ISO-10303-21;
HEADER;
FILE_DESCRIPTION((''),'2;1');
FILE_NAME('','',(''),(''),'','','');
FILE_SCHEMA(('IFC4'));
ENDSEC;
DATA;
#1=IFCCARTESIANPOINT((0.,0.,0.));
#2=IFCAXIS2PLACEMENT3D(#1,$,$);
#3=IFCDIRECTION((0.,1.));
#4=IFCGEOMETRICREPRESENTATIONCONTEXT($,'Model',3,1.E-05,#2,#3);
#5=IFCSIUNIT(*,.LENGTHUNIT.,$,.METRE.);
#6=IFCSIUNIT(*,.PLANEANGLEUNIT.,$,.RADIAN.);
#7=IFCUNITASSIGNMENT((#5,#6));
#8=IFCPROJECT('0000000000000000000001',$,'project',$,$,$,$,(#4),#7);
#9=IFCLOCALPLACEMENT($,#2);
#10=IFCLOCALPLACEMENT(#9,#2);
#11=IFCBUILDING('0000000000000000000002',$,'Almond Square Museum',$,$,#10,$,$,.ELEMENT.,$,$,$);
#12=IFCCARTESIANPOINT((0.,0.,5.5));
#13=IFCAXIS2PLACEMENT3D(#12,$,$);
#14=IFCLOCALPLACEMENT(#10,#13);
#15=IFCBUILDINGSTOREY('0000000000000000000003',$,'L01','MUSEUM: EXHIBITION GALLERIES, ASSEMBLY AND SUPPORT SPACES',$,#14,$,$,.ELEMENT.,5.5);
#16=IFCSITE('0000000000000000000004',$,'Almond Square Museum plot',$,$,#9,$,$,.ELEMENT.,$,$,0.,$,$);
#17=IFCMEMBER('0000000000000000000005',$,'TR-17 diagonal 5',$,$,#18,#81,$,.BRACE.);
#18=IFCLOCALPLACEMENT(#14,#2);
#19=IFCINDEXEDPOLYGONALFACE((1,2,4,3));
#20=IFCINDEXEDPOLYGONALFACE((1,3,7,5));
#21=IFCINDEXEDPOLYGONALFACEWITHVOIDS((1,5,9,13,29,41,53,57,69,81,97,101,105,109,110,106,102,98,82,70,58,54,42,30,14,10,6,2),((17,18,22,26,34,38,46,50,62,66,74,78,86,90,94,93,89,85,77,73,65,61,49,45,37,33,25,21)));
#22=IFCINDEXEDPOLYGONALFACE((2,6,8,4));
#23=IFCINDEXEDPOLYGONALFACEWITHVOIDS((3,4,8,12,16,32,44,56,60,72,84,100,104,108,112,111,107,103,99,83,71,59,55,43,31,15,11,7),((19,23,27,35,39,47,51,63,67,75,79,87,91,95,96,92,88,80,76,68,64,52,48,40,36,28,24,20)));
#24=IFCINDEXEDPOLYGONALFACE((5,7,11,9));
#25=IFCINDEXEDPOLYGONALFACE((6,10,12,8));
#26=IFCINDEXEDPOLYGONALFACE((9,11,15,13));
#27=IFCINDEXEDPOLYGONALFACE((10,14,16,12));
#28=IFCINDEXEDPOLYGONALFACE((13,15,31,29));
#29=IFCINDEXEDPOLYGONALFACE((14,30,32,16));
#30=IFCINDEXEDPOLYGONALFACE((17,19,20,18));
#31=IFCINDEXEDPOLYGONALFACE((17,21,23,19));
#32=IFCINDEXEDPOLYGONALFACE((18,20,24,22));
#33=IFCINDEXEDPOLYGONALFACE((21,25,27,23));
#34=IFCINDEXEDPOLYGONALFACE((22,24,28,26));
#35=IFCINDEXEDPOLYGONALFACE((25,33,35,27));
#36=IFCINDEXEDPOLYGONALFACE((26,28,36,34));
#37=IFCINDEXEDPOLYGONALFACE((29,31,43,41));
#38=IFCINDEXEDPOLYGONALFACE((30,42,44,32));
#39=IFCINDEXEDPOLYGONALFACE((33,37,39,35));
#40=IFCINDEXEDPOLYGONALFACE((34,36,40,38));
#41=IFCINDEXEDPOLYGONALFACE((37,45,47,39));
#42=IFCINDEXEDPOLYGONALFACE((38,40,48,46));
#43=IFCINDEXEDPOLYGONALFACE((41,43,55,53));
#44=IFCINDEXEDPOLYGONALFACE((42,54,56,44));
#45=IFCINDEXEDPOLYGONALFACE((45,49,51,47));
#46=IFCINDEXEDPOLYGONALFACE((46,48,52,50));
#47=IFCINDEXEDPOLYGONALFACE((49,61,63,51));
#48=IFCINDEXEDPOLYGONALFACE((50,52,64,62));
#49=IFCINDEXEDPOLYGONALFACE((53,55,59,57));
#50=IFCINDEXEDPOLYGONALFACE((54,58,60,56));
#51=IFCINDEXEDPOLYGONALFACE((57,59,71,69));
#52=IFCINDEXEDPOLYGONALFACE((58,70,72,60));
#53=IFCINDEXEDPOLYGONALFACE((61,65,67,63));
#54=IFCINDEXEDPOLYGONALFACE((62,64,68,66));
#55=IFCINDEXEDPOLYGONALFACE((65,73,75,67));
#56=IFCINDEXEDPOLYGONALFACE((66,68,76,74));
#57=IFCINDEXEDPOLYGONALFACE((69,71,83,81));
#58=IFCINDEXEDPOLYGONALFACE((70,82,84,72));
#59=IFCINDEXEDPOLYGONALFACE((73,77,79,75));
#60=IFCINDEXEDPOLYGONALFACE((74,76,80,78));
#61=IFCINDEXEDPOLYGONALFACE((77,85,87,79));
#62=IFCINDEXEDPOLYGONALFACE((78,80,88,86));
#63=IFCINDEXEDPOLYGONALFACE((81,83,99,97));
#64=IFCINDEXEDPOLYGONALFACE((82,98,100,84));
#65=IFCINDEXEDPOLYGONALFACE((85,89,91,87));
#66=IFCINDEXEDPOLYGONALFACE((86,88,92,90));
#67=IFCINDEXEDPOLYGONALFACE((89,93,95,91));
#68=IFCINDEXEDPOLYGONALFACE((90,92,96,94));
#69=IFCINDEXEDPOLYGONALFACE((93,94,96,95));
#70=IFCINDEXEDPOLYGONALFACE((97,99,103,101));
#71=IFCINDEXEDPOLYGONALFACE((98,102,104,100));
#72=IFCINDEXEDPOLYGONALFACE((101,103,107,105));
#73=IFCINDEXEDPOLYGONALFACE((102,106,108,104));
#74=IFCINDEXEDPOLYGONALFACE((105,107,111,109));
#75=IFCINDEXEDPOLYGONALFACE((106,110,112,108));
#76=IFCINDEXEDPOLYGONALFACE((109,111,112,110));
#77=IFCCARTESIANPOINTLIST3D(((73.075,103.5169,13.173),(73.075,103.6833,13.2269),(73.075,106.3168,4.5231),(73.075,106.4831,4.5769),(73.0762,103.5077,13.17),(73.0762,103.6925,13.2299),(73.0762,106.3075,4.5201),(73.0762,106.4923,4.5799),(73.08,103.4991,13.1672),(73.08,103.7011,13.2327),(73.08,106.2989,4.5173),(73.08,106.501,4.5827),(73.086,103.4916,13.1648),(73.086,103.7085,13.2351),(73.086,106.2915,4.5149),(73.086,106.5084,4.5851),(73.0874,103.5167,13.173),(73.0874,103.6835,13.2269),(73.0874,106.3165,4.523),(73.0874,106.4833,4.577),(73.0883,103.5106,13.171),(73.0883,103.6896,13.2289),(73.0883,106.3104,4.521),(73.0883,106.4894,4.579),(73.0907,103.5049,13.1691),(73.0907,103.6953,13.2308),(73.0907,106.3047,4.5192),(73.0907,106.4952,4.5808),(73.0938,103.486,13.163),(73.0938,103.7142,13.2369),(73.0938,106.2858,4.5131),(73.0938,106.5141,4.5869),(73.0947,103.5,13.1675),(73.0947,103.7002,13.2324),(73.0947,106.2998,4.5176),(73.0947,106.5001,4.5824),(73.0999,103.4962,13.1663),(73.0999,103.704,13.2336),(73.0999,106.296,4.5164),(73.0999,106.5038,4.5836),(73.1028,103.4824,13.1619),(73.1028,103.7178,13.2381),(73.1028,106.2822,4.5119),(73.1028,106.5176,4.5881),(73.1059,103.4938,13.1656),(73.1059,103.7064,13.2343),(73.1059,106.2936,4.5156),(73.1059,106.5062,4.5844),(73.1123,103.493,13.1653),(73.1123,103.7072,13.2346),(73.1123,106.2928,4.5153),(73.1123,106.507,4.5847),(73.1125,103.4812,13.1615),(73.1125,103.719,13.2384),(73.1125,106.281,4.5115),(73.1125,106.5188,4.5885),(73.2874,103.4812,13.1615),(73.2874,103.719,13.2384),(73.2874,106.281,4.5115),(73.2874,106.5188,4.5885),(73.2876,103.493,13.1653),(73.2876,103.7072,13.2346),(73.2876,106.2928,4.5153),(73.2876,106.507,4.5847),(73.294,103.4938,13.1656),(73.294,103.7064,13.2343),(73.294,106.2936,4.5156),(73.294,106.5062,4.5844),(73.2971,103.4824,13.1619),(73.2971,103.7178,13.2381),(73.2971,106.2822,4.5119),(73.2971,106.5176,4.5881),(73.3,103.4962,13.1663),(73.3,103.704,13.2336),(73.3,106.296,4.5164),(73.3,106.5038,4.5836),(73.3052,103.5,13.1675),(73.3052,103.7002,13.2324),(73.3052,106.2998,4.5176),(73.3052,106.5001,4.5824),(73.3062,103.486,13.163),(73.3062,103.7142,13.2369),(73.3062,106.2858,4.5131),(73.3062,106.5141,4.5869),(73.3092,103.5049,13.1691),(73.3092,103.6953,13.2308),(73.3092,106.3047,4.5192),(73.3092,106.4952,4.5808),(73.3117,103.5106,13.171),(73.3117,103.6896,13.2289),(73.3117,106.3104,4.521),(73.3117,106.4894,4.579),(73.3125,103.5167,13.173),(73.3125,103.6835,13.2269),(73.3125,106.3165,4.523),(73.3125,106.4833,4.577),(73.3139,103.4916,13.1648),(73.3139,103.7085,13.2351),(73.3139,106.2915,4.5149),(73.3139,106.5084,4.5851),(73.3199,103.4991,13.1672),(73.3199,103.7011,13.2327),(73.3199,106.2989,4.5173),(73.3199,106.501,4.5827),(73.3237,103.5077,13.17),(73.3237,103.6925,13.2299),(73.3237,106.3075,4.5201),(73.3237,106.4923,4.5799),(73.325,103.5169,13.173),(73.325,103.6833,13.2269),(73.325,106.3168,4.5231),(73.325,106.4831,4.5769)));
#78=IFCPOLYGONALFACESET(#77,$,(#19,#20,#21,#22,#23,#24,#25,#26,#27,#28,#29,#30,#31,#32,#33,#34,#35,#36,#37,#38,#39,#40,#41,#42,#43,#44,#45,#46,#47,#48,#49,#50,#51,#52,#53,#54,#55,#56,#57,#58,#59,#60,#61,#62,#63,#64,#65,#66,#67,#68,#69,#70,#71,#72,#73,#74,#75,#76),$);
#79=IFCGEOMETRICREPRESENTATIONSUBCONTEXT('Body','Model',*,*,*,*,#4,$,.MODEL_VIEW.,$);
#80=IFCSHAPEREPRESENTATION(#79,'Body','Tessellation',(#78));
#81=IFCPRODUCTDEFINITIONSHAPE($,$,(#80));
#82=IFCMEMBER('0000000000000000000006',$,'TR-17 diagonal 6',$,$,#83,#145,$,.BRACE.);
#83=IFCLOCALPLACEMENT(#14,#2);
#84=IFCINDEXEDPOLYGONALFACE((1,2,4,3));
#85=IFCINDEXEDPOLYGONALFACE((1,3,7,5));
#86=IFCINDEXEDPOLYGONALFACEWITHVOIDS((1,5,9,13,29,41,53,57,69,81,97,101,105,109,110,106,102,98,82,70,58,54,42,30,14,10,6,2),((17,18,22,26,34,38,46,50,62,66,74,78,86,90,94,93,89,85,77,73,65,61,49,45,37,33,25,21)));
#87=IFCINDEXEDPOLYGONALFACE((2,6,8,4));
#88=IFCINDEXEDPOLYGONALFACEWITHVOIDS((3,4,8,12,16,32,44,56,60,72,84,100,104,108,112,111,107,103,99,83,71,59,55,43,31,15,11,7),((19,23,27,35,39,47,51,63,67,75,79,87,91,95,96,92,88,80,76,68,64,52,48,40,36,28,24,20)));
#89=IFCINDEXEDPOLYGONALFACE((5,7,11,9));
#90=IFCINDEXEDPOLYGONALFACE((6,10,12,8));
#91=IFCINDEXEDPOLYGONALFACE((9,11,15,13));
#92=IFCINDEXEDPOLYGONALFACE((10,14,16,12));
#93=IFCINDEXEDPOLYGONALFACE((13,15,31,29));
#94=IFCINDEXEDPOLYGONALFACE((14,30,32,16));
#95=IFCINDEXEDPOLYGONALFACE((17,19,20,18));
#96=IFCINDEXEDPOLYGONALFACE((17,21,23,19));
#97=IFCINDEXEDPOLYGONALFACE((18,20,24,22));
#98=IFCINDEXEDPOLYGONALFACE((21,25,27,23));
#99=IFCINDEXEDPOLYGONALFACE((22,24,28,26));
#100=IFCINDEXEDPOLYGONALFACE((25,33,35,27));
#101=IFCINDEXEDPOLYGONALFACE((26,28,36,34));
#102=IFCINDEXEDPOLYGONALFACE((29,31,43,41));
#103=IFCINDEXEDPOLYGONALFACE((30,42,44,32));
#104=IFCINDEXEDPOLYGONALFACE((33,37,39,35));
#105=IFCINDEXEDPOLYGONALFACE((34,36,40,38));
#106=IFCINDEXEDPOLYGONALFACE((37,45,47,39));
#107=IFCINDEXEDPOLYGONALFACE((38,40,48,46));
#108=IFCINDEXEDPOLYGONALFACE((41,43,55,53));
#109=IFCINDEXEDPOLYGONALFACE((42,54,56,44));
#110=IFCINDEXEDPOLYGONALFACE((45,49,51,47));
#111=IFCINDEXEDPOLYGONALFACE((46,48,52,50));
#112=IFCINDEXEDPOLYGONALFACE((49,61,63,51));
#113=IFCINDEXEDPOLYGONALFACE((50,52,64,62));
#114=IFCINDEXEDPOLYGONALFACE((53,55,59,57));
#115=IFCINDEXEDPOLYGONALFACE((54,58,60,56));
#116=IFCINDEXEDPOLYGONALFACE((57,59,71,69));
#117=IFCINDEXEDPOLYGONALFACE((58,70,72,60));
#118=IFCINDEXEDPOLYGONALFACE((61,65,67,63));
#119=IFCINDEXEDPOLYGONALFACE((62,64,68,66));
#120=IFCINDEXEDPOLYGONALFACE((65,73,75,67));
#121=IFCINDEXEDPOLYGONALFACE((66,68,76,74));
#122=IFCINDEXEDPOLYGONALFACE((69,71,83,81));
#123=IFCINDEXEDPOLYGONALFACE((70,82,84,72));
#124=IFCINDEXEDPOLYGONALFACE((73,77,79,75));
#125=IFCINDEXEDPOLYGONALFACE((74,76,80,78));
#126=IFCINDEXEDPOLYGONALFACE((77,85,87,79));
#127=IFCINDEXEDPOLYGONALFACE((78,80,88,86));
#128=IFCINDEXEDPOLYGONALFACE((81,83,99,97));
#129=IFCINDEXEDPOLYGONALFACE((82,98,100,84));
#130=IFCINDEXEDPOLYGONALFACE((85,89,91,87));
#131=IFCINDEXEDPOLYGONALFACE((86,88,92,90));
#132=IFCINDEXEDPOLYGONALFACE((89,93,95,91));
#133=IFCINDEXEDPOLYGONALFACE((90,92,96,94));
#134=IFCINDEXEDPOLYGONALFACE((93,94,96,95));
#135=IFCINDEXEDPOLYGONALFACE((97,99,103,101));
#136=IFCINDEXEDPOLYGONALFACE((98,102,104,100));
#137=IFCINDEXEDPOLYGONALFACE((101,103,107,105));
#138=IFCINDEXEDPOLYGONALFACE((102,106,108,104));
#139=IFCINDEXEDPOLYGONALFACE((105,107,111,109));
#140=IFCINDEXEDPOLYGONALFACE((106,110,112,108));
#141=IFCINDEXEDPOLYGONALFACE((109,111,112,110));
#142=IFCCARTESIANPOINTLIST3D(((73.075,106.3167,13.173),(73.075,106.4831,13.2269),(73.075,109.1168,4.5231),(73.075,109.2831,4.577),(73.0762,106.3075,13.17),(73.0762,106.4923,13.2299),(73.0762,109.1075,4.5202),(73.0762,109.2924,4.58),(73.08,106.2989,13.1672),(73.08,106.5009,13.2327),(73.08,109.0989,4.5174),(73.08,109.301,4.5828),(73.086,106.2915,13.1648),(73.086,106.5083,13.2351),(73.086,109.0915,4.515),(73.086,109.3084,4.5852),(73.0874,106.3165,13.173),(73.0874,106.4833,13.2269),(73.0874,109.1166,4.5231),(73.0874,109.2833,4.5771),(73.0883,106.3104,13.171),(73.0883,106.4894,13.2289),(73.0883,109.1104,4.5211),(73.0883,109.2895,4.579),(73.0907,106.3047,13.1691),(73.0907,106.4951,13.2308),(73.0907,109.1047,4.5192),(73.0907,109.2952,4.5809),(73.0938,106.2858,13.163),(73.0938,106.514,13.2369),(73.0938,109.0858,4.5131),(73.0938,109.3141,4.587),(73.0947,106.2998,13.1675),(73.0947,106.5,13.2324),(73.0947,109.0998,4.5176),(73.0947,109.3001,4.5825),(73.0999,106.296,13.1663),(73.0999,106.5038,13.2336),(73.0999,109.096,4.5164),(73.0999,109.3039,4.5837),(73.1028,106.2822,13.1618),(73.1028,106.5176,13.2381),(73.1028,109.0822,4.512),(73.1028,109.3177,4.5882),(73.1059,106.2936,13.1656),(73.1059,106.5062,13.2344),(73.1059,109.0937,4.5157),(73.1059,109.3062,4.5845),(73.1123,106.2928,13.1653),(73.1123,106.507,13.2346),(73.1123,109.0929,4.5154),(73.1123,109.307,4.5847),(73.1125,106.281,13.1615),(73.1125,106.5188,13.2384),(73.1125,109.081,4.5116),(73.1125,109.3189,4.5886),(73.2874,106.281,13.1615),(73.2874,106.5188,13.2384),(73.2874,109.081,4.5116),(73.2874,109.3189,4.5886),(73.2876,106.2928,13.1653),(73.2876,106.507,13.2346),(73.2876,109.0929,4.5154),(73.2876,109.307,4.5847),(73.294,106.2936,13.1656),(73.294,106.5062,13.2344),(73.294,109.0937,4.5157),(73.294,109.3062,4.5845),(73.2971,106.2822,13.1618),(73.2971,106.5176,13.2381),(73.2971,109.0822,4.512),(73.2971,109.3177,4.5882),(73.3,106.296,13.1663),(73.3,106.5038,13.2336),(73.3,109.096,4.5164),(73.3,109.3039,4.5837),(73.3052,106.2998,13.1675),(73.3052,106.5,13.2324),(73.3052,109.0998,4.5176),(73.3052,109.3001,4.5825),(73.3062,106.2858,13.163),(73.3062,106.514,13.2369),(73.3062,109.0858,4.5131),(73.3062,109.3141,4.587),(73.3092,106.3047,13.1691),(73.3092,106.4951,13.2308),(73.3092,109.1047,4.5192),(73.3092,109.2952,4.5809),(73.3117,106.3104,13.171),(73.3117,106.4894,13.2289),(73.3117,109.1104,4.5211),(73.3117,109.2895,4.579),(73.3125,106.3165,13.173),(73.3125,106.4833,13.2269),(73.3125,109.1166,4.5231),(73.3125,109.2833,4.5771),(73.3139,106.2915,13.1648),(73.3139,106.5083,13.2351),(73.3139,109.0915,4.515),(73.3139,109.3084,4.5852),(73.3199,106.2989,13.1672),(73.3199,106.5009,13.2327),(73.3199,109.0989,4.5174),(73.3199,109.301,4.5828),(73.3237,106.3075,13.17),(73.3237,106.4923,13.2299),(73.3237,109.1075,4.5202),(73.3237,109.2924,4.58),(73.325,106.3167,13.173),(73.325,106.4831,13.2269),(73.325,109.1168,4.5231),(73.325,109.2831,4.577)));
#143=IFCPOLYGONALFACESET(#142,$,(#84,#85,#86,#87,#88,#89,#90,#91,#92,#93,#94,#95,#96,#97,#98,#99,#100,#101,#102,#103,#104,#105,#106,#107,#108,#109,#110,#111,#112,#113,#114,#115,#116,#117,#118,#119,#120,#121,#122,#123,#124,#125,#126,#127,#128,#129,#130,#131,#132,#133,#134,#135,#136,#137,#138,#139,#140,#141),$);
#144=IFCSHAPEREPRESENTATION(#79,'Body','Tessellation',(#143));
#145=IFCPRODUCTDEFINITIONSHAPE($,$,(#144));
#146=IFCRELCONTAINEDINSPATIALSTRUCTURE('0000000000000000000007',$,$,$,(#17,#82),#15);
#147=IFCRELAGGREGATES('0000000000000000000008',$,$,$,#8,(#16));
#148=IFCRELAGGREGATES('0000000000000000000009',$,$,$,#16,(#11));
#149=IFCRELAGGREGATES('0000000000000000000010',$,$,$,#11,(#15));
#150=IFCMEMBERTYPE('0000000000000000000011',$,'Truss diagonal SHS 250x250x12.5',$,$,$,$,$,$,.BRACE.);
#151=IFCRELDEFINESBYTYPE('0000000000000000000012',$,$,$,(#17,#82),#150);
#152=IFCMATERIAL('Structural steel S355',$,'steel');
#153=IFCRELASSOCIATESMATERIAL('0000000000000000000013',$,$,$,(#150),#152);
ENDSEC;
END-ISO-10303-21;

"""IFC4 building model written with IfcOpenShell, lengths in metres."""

from ifc_helpers import new_model, si_unit, direction, frame, origin, origin_2d, place, context, subcontext, project, spatial, hollow_rectangle, extrude, material, material_profile, profile_set, type_object, element, save


model = new_model("IFC4")

# Units and contexts
model_context = context("Model", 3, precision=1e-05, world=origin(), true_north=direction((0.0, 1.0)))
body_context = subcontext(model_context, "Body", "Model", "MODEL_VIEW")
ifc_project = project(units=[si_unit("LENGTHUNIT", "METRE"), si_unit("PLANEANGLEUNIT", "RADIAN")], contexts=[model_context])

# Site, building, storey
site_placement = place(None, origin())
site = spatial("IfcSite", under=ifc_project, at=site_placement, Name="Almond Square Museum plot", CompositionType="ELEMENT", RefElevation=0.0)
building_placement = place(site_placement, origin())
building = spatial("IfcBuilding", under=site, at=building_placement, Name="Almond Square Museum", CompositionType="ELEMENT")
storey_placement = place(building_placement, frame((0.0, 0.0, 5.5)))
storey = spatial("IfcBuildingStorey", under=building, at=storey_placement, Name="L01", Description="MUSEUM: EXHIBITION GALLERIES, ASSEMBLY AND SUPPORT SPACES", CompositionType="ELEMENT", Elevation=5.5)

# Members
ifc_material_1 = material(Name="Structural steel S355", Category="steel")
ifc_material_profile_1 = material_profile(ifc_material_1, hollow_rectangle(XDim=0.25, YDim=0.25, WallThickness=0.0125, InnerFilletRadius=0.0249, OuterFilletRadius=0.0376, at=origin_2d()))
ifc_profile_set_1 = profile_set([ifc_material_profile_1], Name="Structural steel S355")
member_type_1 = type_object("IfcMemberType", Name="Truss diagonal SHS 250x250x12.5", PredefinedType="BRACE", material=ifc_profile_set_1)
for number, where, z_axis, x_axis, name in (
    (1, (73.2, 103.6001, 13.2), (0.0, 0.30795, -0.951402), (-1.0, 0.0, 0.0), "TR-17 diagonal 5"),
    (2, (73.2, 106.3999, 13.2), (0.0, 0.307975, -0.951395), (-1.0, 0.0, 0.0), "TR-17 diagonal 6"),
):
    element("IfcMember", number, at=place(storey_placement, frame(where, z_axis=z_axis, x_axis=x_axis)), inside=storey, type_object=member_type_1, Name=name, PredefinedType="BRACE", context=body_context, shape_type="SweptSolid", body=[
        extrude(hollow_rectangle(XDim=0.25, YDim=0.25, WallThickness=0.0125, InnerFilletRadius=0.0249, OuterFilletRadius=0.0376, at=origin_2d()), origin(), (0.0, 0.0, 1.0), 9.0918),
    ])

save(model, "model.ifc")
